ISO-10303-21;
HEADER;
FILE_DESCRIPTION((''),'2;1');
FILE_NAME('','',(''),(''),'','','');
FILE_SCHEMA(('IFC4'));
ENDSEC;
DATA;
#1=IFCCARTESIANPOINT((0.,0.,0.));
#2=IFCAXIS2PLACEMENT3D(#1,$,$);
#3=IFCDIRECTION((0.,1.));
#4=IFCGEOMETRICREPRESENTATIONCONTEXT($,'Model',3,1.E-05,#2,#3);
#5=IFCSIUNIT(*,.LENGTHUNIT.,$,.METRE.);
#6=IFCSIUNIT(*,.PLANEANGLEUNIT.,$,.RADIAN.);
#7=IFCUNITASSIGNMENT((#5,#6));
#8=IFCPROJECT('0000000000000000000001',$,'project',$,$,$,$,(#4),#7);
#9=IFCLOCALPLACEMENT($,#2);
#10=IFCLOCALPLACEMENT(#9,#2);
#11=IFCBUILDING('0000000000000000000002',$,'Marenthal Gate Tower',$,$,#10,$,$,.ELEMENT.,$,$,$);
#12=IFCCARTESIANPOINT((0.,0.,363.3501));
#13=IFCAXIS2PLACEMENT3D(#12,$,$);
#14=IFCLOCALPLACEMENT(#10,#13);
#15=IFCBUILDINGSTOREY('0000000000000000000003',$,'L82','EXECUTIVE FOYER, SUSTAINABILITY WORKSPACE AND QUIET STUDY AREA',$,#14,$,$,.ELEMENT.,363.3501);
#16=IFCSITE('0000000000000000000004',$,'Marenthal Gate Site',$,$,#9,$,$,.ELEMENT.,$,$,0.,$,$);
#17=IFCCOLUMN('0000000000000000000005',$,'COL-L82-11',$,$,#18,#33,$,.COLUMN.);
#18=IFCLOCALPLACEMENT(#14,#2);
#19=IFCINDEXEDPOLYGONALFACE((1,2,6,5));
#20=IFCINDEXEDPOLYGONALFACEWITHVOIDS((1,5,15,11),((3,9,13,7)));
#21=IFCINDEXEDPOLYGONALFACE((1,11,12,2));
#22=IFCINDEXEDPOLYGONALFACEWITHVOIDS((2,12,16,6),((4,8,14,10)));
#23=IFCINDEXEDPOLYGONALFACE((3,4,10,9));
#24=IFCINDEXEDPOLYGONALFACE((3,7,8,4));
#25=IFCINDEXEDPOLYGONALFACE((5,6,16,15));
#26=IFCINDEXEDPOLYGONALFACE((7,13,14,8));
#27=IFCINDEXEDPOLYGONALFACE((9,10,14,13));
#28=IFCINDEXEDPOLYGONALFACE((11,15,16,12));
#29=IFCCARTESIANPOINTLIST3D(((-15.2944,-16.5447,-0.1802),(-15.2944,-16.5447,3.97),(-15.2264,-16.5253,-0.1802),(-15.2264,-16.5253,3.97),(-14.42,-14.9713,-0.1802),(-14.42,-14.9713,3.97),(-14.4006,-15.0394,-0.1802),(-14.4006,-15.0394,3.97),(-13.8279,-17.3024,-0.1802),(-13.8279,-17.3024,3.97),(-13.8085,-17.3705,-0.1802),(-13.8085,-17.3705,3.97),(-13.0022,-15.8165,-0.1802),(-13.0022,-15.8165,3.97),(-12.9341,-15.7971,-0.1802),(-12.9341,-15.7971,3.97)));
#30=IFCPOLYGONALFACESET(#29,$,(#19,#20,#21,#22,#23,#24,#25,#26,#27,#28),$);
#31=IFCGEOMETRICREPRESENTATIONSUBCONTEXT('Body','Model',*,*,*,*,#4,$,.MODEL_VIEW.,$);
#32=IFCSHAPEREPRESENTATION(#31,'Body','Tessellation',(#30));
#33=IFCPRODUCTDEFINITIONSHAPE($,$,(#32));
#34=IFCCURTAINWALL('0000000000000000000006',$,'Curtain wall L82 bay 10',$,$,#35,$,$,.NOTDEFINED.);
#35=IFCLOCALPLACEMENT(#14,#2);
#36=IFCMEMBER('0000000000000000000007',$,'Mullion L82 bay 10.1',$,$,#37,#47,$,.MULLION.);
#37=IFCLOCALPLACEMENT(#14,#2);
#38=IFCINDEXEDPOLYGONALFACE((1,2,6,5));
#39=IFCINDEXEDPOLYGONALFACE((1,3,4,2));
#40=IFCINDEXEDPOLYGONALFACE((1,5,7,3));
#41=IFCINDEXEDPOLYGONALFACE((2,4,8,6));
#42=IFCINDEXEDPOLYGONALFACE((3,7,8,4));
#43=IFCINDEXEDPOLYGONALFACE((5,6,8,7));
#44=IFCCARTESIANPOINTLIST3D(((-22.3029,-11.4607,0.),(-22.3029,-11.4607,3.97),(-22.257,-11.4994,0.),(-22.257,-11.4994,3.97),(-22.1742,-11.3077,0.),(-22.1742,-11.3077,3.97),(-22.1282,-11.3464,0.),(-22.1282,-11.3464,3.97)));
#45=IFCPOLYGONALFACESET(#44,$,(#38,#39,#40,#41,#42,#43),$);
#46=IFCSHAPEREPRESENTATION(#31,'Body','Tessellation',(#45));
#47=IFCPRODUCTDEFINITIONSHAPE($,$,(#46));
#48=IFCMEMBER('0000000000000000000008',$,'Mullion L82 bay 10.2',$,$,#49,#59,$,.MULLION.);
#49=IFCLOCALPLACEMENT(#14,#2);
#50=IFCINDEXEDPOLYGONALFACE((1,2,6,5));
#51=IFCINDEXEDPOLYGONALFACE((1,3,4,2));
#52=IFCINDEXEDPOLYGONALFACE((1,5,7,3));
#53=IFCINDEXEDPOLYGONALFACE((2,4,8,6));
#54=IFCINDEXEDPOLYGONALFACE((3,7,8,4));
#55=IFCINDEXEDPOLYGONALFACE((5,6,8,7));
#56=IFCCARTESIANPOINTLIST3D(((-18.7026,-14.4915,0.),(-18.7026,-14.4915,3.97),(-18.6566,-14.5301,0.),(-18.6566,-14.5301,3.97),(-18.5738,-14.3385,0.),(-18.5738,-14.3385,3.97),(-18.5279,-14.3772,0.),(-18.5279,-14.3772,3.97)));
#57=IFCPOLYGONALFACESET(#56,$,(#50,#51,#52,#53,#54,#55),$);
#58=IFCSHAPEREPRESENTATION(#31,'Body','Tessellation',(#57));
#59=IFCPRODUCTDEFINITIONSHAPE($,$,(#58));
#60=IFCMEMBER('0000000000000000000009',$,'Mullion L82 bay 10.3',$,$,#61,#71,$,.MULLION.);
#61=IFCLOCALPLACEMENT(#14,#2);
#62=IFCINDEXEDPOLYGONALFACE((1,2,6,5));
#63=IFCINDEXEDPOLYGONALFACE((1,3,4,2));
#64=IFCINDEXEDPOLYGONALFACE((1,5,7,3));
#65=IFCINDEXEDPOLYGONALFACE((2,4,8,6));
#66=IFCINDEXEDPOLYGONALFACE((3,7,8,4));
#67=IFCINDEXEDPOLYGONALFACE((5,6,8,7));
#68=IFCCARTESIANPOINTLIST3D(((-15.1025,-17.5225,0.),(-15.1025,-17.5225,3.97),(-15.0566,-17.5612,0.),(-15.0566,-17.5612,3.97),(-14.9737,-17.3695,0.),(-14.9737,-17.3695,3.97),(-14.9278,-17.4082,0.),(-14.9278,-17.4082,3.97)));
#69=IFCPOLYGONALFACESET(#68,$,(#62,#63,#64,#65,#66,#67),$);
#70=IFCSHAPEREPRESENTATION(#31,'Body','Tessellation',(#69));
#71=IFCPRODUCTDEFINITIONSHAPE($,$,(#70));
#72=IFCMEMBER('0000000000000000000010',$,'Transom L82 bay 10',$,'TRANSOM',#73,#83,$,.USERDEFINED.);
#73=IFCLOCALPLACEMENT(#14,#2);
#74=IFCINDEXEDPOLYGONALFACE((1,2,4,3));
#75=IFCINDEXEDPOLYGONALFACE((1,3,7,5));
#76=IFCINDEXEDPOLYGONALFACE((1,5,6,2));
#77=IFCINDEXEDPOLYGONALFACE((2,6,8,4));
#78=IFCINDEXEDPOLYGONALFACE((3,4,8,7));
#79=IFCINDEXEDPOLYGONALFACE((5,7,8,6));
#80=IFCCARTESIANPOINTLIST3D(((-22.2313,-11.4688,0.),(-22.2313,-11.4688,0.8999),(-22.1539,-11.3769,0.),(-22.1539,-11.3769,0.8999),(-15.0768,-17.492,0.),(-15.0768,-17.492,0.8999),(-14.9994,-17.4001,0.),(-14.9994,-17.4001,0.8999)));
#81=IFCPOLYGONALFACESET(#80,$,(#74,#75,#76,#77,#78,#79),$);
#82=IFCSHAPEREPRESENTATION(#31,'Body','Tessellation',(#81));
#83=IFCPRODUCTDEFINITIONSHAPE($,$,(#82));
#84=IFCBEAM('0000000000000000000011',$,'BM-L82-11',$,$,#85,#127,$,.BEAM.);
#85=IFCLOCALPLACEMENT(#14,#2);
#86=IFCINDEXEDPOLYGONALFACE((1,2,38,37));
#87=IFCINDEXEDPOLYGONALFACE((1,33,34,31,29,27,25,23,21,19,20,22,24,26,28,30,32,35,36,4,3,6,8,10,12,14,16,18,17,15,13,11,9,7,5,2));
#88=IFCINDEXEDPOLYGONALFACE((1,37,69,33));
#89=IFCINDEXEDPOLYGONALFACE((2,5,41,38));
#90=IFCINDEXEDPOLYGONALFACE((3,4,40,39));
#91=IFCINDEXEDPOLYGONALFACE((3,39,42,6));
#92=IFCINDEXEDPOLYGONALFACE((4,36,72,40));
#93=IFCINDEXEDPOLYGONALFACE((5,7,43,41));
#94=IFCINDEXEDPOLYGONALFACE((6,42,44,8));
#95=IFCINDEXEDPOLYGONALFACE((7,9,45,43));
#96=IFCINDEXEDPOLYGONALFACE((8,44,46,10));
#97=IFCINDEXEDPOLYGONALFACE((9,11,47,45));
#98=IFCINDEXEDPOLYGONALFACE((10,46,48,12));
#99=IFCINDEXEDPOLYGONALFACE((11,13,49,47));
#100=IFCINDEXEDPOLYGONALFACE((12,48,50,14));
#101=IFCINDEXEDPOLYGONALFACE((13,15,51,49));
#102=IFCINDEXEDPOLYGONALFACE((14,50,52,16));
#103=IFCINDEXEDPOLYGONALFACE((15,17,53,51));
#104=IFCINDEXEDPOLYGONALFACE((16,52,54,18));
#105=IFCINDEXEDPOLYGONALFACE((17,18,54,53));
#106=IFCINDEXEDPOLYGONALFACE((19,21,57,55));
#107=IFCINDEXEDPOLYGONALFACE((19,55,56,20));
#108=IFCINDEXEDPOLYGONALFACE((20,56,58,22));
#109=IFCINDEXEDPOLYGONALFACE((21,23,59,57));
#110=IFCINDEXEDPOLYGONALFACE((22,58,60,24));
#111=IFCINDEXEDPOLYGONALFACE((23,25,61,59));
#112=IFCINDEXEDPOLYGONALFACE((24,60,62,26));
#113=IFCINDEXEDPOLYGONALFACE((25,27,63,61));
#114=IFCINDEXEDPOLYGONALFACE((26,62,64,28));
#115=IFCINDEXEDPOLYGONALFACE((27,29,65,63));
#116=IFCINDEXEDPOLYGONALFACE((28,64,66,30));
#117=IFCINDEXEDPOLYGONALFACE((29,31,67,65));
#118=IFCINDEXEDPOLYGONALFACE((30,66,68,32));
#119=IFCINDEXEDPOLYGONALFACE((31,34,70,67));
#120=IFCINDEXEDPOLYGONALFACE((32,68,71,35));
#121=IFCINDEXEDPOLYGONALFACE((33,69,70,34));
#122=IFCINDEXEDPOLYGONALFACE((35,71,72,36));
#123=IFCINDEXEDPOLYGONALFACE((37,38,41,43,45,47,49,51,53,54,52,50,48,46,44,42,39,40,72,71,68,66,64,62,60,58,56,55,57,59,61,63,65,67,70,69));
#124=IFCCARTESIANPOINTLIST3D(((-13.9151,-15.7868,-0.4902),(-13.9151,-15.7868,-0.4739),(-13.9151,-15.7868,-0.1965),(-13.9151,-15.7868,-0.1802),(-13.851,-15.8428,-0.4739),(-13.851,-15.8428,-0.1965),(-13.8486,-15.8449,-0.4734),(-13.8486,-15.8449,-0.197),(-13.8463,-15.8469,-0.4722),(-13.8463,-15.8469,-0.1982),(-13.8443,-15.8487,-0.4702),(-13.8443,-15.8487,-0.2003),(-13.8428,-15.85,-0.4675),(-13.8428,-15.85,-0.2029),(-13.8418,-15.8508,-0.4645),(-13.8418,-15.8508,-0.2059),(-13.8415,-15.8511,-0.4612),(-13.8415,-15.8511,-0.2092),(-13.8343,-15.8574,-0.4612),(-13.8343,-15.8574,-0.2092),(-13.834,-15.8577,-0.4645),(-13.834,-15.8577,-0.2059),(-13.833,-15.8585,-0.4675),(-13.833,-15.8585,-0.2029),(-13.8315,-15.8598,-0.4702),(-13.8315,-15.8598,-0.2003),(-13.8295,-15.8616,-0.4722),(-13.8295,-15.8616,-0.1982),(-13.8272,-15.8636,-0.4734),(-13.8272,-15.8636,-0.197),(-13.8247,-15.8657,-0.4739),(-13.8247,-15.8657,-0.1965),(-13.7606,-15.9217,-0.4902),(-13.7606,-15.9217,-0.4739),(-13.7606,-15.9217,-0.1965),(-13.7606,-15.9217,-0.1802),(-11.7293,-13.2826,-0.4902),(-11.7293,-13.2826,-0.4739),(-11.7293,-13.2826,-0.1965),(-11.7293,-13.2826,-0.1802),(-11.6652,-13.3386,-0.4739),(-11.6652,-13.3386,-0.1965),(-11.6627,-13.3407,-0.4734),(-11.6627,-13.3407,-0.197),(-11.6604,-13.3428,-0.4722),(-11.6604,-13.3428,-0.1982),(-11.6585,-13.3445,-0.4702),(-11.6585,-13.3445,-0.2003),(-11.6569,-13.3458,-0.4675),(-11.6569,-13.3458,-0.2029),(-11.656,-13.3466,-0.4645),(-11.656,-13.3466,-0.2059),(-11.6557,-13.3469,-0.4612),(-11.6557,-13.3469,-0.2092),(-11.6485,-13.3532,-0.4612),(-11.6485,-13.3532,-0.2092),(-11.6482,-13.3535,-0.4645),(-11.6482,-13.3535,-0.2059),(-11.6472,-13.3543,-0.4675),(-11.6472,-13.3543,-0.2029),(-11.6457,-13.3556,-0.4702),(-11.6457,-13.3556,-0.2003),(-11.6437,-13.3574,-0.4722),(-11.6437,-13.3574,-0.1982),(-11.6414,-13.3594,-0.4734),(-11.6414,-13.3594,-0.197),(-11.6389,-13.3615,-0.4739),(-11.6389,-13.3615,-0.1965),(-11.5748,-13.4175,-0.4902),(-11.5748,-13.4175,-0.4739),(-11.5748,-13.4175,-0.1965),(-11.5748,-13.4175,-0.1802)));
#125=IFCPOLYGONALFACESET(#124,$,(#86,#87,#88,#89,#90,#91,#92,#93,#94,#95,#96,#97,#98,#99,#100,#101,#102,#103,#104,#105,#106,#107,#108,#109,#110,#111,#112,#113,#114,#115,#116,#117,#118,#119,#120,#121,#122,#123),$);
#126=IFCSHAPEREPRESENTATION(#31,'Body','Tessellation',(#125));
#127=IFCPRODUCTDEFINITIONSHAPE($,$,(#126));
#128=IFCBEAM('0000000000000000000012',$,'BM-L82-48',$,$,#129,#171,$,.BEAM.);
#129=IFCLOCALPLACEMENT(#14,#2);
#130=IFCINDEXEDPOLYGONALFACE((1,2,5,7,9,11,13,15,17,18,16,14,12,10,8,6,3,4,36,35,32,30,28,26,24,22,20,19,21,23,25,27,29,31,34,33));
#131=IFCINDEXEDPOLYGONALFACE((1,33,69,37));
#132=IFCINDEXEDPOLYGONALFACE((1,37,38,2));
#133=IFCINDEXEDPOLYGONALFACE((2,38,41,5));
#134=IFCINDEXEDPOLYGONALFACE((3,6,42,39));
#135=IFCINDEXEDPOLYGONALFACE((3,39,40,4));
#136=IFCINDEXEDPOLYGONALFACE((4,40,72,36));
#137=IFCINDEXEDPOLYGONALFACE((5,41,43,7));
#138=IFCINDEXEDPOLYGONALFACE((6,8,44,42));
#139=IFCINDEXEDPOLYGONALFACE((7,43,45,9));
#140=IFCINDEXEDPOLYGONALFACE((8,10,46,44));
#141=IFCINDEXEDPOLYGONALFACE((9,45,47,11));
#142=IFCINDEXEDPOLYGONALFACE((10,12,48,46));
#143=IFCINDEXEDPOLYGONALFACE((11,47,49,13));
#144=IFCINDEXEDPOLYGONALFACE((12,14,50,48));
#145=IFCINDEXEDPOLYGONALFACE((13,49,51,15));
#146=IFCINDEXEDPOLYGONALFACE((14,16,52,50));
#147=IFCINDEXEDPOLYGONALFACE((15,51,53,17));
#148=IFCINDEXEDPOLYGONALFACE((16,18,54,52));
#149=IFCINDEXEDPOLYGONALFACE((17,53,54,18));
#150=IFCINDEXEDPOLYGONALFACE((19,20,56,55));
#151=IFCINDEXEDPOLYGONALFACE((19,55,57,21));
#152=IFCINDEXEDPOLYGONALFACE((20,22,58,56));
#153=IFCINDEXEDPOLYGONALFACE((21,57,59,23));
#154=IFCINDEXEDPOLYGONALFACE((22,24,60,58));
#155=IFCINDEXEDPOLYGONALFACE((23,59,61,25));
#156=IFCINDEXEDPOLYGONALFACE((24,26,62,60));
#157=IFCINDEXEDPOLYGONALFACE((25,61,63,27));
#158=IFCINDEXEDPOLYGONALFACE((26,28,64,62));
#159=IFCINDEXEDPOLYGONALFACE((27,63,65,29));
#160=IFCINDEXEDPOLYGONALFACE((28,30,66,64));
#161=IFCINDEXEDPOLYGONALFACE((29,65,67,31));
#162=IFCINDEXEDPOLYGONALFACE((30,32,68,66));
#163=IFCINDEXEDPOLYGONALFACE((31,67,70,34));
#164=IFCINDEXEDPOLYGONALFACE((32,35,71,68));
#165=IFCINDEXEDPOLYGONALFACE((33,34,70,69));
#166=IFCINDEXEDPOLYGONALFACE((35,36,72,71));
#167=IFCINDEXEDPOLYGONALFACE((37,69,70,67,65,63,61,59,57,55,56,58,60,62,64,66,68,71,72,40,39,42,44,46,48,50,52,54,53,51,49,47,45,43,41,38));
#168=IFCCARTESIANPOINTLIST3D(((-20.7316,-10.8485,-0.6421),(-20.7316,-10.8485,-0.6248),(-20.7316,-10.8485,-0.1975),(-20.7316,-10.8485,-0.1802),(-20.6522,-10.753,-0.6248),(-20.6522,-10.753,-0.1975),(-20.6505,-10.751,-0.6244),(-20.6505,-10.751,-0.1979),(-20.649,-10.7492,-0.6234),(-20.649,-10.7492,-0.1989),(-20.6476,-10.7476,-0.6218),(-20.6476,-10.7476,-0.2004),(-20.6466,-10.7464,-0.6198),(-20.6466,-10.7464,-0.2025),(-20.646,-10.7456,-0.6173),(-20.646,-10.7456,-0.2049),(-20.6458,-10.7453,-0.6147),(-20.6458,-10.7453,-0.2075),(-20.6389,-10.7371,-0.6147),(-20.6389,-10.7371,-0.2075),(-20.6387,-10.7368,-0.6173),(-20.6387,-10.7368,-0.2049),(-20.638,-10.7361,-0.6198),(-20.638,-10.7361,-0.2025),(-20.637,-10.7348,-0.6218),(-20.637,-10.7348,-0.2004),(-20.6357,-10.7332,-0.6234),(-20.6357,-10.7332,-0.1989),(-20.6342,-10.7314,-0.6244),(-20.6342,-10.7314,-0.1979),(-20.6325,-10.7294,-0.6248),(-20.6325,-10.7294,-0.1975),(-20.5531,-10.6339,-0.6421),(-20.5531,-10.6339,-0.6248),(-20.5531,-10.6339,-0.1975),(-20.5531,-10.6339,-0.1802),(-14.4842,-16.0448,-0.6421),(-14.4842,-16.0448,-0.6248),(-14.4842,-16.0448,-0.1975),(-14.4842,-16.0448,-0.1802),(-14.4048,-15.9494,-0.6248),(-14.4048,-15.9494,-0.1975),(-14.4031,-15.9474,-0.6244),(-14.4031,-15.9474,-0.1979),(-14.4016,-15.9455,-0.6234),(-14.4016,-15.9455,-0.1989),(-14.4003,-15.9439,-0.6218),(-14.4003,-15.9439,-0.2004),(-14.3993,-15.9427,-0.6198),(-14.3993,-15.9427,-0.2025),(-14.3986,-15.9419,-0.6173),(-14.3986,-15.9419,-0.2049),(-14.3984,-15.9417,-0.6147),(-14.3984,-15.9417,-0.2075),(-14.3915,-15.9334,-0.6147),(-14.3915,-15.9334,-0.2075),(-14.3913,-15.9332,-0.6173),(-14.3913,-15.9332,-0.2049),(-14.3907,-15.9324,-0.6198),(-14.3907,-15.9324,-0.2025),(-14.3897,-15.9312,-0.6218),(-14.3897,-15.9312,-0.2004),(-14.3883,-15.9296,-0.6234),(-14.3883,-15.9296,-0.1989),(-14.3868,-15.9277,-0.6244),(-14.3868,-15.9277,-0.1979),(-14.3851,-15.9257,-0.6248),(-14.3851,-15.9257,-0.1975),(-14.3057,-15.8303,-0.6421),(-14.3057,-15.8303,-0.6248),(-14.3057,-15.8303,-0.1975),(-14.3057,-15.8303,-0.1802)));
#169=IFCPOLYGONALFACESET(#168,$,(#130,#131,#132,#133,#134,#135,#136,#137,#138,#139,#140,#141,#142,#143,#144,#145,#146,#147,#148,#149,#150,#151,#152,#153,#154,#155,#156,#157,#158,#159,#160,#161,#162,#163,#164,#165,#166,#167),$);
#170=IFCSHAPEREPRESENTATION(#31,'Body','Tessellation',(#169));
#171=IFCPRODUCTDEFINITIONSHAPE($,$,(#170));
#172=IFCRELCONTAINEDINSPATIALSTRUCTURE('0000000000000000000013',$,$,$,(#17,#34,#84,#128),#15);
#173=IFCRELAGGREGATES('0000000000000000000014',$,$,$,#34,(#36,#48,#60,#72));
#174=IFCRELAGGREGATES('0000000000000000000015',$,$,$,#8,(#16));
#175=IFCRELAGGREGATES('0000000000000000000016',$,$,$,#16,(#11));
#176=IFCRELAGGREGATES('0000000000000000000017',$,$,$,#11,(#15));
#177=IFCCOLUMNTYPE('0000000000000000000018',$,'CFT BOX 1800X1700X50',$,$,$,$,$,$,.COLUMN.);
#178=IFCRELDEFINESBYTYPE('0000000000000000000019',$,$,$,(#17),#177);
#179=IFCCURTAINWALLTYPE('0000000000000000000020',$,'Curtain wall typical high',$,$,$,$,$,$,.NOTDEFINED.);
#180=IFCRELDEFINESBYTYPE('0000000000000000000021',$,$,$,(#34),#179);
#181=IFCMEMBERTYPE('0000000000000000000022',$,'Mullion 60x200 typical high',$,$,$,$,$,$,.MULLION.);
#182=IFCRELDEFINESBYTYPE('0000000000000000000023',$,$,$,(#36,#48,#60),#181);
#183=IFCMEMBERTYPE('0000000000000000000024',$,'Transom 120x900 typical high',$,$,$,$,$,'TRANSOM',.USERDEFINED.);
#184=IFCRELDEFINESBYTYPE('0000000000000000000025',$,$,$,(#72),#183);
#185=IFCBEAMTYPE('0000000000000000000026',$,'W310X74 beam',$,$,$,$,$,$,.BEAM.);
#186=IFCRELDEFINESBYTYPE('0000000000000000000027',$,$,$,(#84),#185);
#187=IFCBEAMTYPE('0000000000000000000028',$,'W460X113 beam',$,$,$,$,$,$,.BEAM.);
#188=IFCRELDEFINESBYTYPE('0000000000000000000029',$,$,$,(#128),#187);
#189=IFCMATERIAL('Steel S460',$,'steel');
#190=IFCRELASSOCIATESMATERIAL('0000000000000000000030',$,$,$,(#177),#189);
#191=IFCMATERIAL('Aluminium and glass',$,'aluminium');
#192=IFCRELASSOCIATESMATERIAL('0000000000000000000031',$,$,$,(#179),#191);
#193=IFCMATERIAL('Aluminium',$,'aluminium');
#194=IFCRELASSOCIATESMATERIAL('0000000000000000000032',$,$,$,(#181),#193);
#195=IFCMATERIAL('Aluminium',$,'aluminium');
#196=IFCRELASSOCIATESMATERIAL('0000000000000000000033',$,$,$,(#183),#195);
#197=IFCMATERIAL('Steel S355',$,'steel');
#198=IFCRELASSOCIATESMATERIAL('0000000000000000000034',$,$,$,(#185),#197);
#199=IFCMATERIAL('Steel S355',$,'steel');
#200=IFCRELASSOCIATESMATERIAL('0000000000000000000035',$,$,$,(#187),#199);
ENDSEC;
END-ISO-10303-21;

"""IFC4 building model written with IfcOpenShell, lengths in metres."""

from ifc_helpers import new_model, si_unit, direction, frame, origin, origin_2d, place, context, subcontext, project, spatial, rectangle, hollow_rectangle, i_section, extrude, material, material_profile, profile_set, type_object, element, aggregate, save


model = new_model("IFC4")

# Units and contexts
model_context = context("Model", 3, precision=1e-05, world=origin(), true_north=direction((0.0, 1.0)))
body_context = subcontext(model_context, "Body", "Model", "MODEL_VIEW")
ifc_project = project(units=[si_unit("LENGTHUNIT", "METRE"), si_unit("PLANEANGLEUNIT", "RADIAN")], contexts=[model_context])

# Site, building, storey
site_placement = place(None, origin())
site = spatial("IfcSite", under=ifc_project, at=site_placement, Name="Marenthal Gate Site", CompositionType="ELEMENT", RefElevation=0.0)
building_placement = place(site_placement, origin())
building = spatial("IfcBuilding", under=site, at=building_placement, Name="Marenthal Gate Tower", CompositionType="ELEMENT")
storey_placement = place(building_placement, frame((0.0, 0.0, 363.3501)))
storey = spatial("IfcBuildingStorey", under=building, at=storey_placement, Name="L82", Description="EXECUTIVE FOYER, SUSTAINABILITY WORKSPACE AND QUIET STUDY AREA", CompositionType="ELEMENT", Elevation=363.3501)

# Column
ifc_material_1 = material(Name="Steel S460", Category="steel")
ifc_material_profile_1 = material_profile(ifc_material_1, hollow_rectangle(XDim=1.7, YDim=1.8, WallThickness=0.05, at=origin_2d()), Name="CFT BOX 1800X1700X50")
ifc_material_2 = material(Name="Concrete 70 MPa", Category="concrete")
ifc_material_profile_2 = material_profile(ifc_material_2, rectangle(XDim=1.6001, YDim=1.7, at=origin_2d()), Name="CFT BOX 1800X1700X50 INFILL")
ifc_profile_set_1 = profile_set([ifc_material_profile_1, ifc_material_profile_2], Name="Steel S460 shell, Concrete 70 MPa infill")
column_type = type_object("IfcColumnType", Name="CFT BOX 1800X1700X50", PredefinedType="COLUMN", material=ifc_profile_set_1)
column_placement = place(storey_placement, frame((-14.1143, -16.1709, -0.1802), z_axis=(0.0, 0.0, 1.0), x_axis=(-0.874089, 0.485765, 0.0)))
element("IfcColumn", 1, at=column_placement, inside=storey, type_object=column_type, Name="COL-L82-11", PredefinedType="COLUMN", context=body_context, shape_type="SweptSolid", body=[
    extrude(hollow_rectangle(XDim=1.7, YDim=1.8, WallThickness=0.05, at=origin_2d()), origin(), (0.0, 0.0, 1.0), 4.1501),
])

# Curtain wall, members
ifc_material_3 = material(Name="Aluminium and glass", Category="aluminium")
curtain_wall_type = type_object("IfcCurtainWallType", Name="Curtain wall typical high", PredefinedType="NOTDEFINED", material=ifc_material_3)
curtain_wall_placement = place(storey_placement, origin())
curtain_wall = element("IfcCurtainWall", 2, at=curtain_wall_placement, inside=storey, type_object=curtain_wall_type, Name="Curtain wall L82 bay 10", PredefinedType="NOTDEFINED")
ifc_material_4 = material(Name="Aluminium", Category="aluminium")
ifc_material_profile_3 = material_profile(ifc_material_4, rectangle(XDim=0.2, YDim=0.0601, at=origin_2d()), Name="60x200 aluminium mullion")
ifc_profile_set_2 = profile_set([ifc_material_profile_3], Name="Aluminium")
member_type_1 = type_object("IfcMemberType", Name="Mullion 60x200 typical high", PredefinedType="MULLION", material=ifc_profile_set_2)
member_1_placement = place(storey_placement, frame((-22.2156, -11.4036, 0.0), z_axis=(0.0, 0.0, 1.0), x_axis=(0.644023, 0.765006, 0.0)))
member_1 = element("IfcMember", 3, at=member_1_placement, type_object=member_type_1, Name="Mullion L82 bay 10.1", PredefinedType="MULLION", context=body_context, shape_type="SweptSolid", body=[
    extrude(rectangle(XDim=0.2, YDim=0.0601, at=origin_2d()), origin(), (0.0, 0.0, 1.0), 3.97),
])
member_2_placement = place(storey_placement, frame((-18.6152, -14.4343, 0.0), z_axis=(0.0, 0.0, 1.0), x_axis=(0.644023, 0.765006, 0.0)))
member_2 = element("IfcMember", 4, at=member_2_placement, type_object=member_type_1, Name="Mullion L82 bay 10.2", PredefinedType="MULLION", context=body_context, shape_type="SweptSolid", body=[
    extrude(rectangle(XDim=0.2, YDim=0.0601, at=origin_2d()), origin(), (0.0, 0.0, 1.0), 3.97),
])
member_3_placement = place(storey_placement, frame((-15.0151, -17.4653, 0.0), z_axis=(0.0, 0.0, 1.0), x_axis=(0.644023, 0.765006, 0.0)))
member_3 = element("IfcMember", 5, at=member_3_placement, type_object=member_type_1, Name="Mullion L82 bay 10.3", PredefinedType="MULLION", context=body_context, shape_type="SweptSolid", body=[
    extrude(rectangle(XDim=0.2, YDim=0.0601, at=origin_2d()), origin(), (0.0, 0.0, 1.0), 3.97),
])
ifc_material_5 = material(Name="Aluminium", Category="aluminium")
ifc_material_profile_4 = material_profile(ifc_material_5, rectangle(XDim=0.1201, YDim=0.8999, at=origin_2d()), Name="120x900 aluminium transom")
ifc_profile_set_3 = profile_set([ifc_material_profile_4], Name="Aluminium")
member_type_2 = type_object("IfcMemberType", Name="Transom 120x900 typical high", ElementType="TRANSOM", PredefinedType="USERDEFINED", material=ifc_profile_set_3)
member_4_placement = place(storey_placement, frame((-22.1926, -11.4229, 0.45), z_axis=(0.765, -0.64403, 0.0), x_axis=(0.64403, 0.765, 0.0)))
member_4 = element("IfcMember", 6, at=member_4_placement, type_object=member_type_2, Name="Transom L82 bay 10", ObjectType="TRANSOM", PredefinedType="USERDEFINED", context=body_context, shape_type="SweptSolid", body=[
    extrude(rectangle(XDim=0.1201, YDim=0.8999, at=origin_2d()), origin(), (0.0, 0.0, 1.0), 9.3523),
])

# Beams
ifc_material_6 = material(Name="Steel S355", Category="steel")
ifc_material_profile_5 = material_profile(ifc_material_6, i_section(OverallWidth=0.2051, OverallDepth=0.3101, WebThickness=0.0095, FlangeThickness=0.0164, FilletRadius=0.0127, at=origin_2d()), Name="W310X74")
ifc_profile_set_4 = profile_set([ifc_material_profile_5], Name="Steel S355")
beam_type_1 = type_object("IfcBeamType", Name="W310X74 beam", PredefinedType="BEAM", material=ifc_profile_set_4)
beam_1_placement = place(storey_placement, frame((-13.8379, -15.8542, -0.3352), z_axis=(0.657594, 0.753372, 0.0), x_axis=(-0.753372, 0.657594, 0.0)))
element("IfcBeam", 7, at=beam_1_placement, inside=storey, type_object=beam_type_1, Name="BM-L82-11", PredefinedType="BEAM", context=body_context, shape_type="SweptSolid", body=[
    extrude(i_section(OverallWidth=0.2051, OverallDepth=0.3101, WebThickness=0.0095, FlangeThickness=0.0164, FilletRadius=0.0127, at=origin_2d()), origin(), (0.0, 0.0, 1.0), 3.324),
])
ifc_material_7 = material(Name="Steel S355", Category="steel")
ifc_material_profile_6 = material_profile(ifc_material_7, i_section(OverallWidth=0.2791, OverallDepth=0.4619, WebThickness=0.0107, FlangeThickness=0.0173, FilletRadius=0.01, at=origin_2d()), Name="W460X113")
ifc_profile_set_5 = profile_set([ifc_material_profile_6], Name="Steel S355")
beam_type_2 = type_object("IfcBeamType", Name="W460X113 beam", PredefinedType="BEAM", material=ifc_profile_set_5)
beam_2_placement = place(storey_placement, frame((-20.6423, -10.7412, -0.4111), z_axis=(0.768814, -0.639472, 0.0), x_axis=(0.639472, 0.768814, 0.0)))
element("IfcBeam", 8, at=beam_2_placement, inside=storey, type_object=beam_type_2, Name="BM-L82-48", PredefinedType="BEAM", context=body_context, shape_type="SweptSolid", body=[
    extrude(i_section(OverallWidth=0.2791, OverallDepth=0.4619, WebThickness=0.0107, FlangeThickness=0.0173, FilletRadius=0.01, at=origin_2d()), origin(), (0.0, 0.0, 1.0), 8.126),
])

aggregate(curtain_wall, [member_1, member_2, member_3, member_4])

save(model, "model.ifc")
